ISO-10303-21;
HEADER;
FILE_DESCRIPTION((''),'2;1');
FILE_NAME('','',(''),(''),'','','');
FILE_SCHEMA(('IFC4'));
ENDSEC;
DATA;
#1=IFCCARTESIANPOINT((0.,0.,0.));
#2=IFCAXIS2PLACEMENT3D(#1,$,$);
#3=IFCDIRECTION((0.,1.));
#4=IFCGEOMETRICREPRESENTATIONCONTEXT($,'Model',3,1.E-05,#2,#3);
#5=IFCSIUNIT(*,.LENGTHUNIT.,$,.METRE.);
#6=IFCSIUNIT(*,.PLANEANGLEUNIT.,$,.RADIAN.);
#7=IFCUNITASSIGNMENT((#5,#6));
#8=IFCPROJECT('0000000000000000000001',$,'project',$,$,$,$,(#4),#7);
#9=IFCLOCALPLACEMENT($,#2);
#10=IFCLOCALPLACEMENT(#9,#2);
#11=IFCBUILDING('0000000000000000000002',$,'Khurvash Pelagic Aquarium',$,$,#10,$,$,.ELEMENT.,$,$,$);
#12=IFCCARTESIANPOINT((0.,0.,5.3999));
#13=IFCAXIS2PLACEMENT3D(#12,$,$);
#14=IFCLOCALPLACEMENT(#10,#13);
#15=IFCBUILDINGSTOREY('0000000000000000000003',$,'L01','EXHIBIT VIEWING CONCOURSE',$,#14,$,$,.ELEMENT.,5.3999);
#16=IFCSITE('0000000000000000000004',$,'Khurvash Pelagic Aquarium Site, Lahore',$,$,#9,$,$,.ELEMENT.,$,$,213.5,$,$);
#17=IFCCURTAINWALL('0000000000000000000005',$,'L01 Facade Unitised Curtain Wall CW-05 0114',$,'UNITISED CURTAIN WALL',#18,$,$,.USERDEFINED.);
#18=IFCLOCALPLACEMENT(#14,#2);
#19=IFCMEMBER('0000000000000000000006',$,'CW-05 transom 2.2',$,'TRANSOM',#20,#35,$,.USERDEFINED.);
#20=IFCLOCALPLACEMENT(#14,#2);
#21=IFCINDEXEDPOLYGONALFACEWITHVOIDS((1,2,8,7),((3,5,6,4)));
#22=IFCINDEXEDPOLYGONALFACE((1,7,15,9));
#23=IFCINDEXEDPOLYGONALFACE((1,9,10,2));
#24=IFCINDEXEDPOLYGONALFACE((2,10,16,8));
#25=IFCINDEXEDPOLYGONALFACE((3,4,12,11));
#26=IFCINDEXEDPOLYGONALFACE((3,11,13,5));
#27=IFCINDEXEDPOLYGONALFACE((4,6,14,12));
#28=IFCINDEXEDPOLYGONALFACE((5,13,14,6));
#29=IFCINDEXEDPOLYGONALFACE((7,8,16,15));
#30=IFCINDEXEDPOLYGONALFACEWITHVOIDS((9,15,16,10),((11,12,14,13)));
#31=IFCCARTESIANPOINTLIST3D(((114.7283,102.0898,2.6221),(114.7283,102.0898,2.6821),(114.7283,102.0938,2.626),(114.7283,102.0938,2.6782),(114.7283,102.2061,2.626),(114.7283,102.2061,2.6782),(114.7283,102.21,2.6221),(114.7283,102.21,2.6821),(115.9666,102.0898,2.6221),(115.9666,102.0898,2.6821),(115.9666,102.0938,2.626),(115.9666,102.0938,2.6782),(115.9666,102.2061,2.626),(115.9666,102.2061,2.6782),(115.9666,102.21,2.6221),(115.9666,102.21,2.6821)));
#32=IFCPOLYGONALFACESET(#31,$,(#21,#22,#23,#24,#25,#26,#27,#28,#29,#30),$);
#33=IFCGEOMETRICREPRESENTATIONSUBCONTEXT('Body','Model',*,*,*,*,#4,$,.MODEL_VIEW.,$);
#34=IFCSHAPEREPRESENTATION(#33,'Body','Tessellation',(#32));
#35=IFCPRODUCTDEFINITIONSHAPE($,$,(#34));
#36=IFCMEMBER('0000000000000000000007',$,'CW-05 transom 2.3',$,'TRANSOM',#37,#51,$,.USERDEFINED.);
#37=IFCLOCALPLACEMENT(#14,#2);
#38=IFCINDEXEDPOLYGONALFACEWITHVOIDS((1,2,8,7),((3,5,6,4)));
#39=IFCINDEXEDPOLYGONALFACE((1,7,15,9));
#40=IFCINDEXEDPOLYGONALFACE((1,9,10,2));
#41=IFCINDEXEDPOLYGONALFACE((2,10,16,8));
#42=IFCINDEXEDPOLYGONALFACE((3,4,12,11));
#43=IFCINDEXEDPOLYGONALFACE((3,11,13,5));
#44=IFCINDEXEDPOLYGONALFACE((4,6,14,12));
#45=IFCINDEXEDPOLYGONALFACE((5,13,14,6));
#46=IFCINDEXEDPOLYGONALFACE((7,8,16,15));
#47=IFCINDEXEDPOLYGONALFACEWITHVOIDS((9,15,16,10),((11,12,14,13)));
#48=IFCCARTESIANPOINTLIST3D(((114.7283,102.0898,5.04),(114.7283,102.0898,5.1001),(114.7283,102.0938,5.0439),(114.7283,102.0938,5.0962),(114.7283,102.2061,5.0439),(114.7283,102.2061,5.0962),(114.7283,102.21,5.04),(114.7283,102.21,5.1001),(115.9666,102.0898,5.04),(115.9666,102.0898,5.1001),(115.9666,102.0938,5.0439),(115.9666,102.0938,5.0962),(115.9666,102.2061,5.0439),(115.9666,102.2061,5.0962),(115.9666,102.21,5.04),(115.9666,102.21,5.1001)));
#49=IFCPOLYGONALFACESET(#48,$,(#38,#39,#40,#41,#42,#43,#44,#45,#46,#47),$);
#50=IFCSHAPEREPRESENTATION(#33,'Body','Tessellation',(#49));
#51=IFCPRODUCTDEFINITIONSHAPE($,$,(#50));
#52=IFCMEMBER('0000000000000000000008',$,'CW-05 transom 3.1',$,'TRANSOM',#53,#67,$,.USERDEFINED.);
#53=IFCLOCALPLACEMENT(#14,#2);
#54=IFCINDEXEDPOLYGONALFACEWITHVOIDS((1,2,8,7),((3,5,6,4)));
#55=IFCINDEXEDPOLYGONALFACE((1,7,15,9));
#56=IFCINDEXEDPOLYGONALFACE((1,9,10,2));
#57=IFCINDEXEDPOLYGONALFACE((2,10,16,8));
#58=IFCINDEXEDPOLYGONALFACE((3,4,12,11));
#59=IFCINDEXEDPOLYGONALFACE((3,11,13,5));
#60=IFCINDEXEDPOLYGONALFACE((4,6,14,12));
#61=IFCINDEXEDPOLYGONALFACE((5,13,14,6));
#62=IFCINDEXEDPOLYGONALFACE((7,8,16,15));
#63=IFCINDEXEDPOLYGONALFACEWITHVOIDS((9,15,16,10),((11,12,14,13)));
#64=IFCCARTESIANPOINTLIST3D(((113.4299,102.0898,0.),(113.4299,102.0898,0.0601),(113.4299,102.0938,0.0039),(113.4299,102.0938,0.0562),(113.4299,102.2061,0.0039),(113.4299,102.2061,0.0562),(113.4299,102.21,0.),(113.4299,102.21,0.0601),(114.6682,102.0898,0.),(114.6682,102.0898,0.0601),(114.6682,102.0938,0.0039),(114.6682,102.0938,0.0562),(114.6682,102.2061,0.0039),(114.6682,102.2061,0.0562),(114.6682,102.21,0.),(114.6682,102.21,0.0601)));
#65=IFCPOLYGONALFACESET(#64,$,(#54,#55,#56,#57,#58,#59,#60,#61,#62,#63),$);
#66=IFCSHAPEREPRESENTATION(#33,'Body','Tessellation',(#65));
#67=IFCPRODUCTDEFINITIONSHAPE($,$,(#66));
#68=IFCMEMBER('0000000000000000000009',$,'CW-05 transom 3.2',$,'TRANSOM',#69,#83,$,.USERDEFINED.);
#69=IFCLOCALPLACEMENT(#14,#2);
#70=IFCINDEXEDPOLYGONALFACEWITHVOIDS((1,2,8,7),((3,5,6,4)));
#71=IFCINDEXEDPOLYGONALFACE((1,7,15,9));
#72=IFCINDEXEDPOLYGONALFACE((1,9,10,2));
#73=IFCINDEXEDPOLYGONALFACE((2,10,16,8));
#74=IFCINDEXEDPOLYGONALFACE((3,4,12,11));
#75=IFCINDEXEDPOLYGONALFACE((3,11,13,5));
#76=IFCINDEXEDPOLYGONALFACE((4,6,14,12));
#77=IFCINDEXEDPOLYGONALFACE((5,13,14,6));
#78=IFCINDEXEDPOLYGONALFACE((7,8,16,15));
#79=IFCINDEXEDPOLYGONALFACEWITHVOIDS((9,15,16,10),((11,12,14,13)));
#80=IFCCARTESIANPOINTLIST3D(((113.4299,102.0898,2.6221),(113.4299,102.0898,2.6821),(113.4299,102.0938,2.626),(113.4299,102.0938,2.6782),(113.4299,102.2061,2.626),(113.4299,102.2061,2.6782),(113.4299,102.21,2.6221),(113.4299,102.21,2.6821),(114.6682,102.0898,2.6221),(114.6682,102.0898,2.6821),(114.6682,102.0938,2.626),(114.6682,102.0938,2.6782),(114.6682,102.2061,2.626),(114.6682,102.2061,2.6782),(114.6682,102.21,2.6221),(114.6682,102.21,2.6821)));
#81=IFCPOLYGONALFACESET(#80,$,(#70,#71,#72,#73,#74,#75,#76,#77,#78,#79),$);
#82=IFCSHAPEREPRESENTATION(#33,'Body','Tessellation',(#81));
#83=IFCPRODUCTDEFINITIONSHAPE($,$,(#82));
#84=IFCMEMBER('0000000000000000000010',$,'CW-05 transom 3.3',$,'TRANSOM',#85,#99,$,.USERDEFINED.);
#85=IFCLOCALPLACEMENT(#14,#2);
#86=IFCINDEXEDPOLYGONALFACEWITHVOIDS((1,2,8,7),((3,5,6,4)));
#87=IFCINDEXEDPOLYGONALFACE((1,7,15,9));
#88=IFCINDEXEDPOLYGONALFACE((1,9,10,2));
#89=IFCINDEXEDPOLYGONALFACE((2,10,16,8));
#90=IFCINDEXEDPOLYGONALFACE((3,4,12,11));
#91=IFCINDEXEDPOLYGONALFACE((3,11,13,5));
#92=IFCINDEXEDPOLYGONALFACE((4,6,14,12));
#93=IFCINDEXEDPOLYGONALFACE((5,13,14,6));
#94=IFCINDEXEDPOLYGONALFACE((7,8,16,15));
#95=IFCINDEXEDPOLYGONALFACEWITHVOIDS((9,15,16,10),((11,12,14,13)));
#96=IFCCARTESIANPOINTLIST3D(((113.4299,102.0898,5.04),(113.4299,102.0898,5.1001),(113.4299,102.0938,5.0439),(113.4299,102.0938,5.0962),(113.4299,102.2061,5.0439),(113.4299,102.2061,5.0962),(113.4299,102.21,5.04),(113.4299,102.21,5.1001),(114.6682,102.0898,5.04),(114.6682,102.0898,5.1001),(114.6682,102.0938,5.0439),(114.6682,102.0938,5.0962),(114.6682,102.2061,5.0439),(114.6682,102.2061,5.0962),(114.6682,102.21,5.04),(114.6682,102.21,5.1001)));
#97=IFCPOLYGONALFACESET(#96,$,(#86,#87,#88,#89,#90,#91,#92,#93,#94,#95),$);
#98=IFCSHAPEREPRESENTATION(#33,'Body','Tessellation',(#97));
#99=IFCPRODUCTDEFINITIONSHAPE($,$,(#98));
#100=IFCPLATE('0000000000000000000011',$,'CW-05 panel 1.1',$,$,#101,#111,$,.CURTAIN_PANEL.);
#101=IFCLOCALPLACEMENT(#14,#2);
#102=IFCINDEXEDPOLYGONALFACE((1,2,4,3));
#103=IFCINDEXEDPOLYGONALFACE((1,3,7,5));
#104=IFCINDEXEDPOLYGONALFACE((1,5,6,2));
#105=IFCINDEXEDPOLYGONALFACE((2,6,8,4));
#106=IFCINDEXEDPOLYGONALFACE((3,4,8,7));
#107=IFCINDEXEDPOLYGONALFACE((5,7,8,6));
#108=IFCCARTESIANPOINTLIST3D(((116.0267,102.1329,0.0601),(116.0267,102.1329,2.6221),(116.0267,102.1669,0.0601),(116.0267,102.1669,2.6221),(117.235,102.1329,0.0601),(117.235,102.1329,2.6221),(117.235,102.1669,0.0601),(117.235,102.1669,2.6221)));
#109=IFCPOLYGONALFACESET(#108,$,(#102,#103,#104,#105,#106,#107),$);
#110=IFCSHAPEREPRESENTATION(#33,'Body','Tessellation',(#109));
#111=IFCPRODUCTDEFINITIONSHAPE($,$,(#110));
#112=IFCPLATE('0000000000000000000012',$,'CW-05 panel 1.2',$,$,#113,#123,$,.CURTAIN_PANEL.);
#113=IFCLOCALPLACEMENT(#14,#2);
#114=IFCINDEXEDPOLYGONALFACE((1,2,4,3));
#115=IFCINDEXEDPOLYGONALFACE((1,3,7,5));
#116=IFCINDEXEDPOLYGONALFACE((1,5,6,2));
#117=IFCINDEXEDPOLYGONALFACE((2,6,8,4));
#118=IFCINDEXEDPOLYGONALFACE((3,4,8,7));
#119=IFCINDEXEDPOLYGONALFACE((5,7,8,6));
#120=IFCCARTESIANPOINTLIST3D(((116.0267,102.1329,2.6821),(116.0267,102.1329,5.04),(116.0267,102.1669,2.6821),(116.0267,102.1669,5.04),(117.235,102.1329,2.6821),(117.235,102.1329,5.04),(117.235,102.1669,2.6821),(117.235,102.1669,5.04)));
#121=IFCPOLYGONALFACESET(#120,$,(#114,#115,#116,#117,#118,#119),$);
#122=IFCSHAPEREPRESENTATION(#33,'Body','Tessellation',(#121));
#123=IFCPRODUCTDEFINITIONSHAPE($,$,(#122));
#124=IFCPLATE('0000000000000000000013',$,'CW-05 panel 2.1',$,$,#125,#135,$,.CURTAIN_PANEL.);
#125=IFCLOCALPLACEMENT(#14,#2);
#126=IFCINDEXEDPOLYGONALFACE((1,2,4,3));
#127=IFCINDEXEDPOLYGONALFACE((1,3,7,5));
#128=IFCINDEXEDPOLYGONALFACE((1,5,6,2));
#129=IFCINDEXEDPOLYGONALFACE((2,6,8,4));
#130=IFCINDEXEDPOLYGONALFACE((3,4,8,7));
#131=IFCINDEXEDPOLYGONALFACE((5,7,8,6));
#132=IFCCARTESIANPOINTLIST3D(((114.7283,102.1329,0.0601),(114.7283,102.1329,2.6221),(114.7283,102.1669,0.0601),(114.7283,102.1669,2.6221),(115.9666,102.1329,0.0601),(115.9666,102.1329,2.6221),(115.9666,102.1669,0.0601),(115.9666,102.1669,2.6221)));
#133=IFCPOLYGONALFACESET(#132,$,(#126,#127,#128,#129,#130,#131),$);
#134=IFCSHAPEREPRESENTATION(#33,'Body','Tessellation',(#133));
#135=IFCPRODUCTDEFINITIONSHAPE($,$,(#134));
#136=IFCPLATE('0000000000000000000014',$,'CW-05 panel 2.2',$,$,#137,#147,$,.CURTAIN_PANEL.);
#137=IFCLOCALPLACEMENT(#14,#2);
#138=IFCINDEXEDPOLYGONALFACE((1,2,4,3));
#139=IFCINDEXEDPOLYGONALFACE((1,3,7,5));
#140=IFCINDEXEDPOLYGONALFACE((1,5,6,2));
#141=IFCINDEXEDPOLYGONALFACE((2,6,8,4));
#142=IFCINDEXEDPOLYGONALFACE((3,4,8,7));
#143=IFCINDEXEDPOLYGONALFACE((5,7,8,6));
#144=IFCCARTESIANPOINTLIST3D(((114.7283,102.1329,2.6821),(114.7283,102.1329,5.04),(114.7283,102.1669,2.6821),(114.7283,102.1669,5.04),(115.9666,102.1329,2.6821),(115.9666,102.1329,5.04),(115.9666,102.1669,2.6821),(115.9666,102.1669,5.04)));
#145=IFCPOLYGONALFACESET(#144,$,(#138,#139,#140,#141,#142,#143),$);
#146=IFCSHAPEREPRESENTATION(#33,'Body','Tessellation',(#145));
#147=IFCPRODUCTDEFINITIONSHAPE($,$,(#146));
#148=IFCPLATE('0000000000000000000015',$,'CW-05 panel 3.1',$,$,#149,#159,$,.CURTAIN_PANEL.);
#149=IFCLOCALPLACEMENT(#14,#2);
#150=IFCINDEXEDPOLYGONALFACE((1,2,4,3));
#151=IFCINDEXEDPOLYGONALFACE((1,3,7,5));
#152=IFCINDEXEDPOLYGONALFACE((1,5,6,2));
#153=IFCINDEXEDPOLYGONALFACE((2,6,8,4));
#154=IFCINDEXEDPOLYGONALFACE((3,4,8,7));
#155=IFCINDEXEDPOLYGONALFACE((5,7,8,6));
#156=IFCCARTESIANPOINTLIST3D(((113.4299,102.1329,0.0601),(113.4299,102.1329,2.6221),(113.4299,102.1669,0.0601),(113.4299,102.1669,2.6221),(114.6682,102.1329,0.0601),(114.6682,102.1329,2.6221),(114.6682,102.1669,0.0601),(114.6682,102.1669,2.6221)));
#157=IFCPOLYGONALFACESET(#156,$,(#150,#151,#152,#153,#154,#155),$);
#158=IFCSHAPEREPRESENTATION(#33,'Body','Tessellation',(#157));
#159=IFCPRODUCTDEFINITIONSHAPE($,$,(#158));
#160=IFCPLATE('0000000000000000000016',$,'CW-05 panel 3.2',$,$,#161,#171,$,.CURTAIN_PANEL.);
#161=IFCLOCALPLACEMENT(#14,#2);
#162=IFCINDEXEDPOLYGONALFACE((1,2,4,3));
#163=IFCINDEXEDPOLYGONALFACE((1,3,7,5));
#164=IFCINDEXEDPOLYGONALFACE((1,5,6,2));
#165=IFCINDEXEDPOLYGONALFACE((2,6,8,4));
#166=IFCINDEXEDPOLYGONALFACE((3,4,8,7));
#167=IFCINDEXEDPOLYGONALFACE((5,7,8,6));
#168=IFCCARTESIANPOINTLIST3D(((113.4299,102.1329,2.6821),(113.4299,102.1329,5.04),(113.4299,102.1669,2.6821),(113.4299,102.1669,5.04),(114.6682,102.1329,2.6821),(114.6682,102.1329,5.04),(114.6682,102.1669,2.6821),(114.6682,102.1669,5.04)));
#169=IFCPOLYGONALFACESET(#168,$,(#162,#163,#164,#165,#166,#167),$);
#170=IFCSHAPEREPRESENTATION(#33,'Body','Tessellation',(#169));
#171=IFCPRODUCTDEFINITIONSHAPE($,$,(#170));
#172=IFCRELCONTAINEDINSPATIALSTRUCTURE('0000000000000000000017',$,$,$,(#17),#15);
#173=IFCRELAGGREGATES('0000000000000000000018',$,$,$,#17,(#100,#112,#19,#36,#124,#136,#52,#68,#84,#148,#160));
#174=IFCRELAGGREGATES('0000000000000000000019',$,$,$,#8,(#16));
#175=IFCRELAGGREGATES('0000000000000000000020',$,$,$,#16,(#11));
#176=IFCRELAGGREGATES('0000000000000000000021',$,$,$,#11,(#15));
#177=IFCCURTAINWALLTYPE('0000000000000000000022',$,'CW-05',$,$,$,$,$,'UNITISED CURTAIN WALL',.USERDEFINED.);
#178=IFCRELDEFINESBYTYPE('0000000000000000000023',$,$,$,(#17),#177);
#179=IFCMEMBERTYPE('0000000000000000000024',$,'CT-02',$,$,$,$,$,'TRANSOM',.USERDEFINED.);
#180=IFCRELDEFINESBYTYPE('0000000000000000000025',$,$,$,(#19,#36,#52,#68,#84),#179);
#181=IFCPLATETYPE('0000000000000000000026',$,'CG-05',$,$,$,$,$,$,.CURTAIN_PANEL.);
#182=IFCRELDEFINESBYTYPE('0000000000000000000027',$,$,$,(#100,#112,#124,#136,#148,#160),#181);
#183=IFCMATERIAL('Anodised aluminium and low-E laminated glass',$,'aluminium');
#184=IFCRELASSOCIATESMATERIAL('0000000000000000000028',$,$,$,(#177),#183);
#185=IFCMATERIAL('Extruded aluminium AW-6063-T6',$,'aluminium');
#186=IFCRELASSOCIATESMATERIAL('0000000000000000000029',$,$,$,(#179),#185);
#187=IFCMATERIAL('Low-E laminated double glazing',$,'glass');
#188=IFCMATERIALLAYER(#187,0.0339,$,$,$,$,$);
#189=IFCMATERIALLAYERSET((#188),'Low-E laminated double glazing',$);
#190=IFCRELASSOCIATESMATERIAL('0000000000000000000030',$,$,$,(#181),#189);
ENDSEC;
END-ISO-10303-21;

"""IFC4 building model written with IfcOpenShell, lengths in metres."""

from ifc_helpers import new_model, si_unit, direction, frame, origin, origin_2d, place, context, subcontext, project, spatial, rectangle, hollow_rectangle, extrude, material, layer, layer_set, material_profile, profile_set, type_object, element, aggregate, save


model = new_model("IFC4")

# Units and contexts
model_context = context("Model", 3, precision=1e-05, world=origin(), true_north=direction((0.0, 1.0)))
body_context = subcontext(model_context, "Body", "Model", "MODEL_VIEW")
ifc_project = project(units=[si_unit("LENGTHUNIT", "METRE"), si_unit("PLANEANGLEUNIT", "RADIAN")], contexts=[model_context])

# Site, building, storey
site_placement = place(None, origin())
site = spatial("IfcSite", under=ifc_project, at=site_placement, Name="Khurvash Pelagic Aquarium Site, Lahore", CompositionType="ELEMENT", RefElevation=213.5)
building_placement = place(site_placement, origin())
building = spatial("IfcBuilding", under=site, at=building_placement, Name="Khurvash Pelagic Aquarium", CompositionType="ELEMENT")
storey_placement = place(building_placement, frame((0.0, 0.0, 5.3999)))
storey = spatial("IfcBuildingStorey", under=building, at=storey_placement, Name="L01", Description="EXHIBIT VIEWING CONCOURSE", CompositionType="ELEMENT", Elevation=5.3999)

# Curtain wall, members, plates
ifc_material_1 = material(Name="Anodised aluminium and low-E laminated glass", Category="aluminium")
curtain_wall_type = type_object("IfcCurtainWallType", Name="CW-05", ElementType="UNITISED CURTAIN WALL", PredefinedType="USERDEFINED", material=ifc_material_1)
curtain_wall_placement = place(storey_placement, origin())
curtain_wall = element("IfcCurtainWall", 1, at=curtain_wall_placement, inside=storey, type_object=curtain_wall_type, Name="L01 Facade Unitised Curtain Wall CW-05 0114", ObjectType="UNITISED CURTAIN WALL", PredefinedType="USERDEFINED")
ifc_material_2 = material(Name="Extruded aluminium AW-6063-T6", Category="aluminium")
ifc_material_profile_1 = material_profile(ifc_material_2, hollow_rectangle(XDim=0.1201, YDim=0.0601, WallThickness=0.0039, at=origin_2d()), Name="CWT120X60X4")
ifc_profile_set_1 = profile_set([ifc_material_profile_1], Name="Extruded aluminium AW-6063-T6")
member_type_1 = type_object("IfcMemberType", Name="CT-02", ElementType="TRANSOM", PredefinedType="USERDEFINED", material=ifc_profile_set_1)
member_1_placement = place(storey_placement, frame((115.9666, 102.1499, 2.6521), z_axis=(-1.0, 0.0, 0.0), x_axis=(0.0, -1.0, 0.0)))
member_1 = element("IfcMember", 2, at=member_1_placement, type_object=member_type_1, Name="CW-05 transom 2.2", ObjectType="TRANSOM", PredefinedType="USERDEFINED", context=body_context, shape_type="SweptSolid", body=[
    extrude(hollow_rectangle(XDim=0.1201, YDim=0.0601, WallThickness=0.0039, at=origin_2d()), origin(), (0.0, 0.0, 1.0), 1.2383),
])
member_2_placement = place(storey_placement, frame((115.9666, 102.1499, 5.0701), z_axis=(-1.0, 0.0, 0.0), x_axis=(0.0, -1.0, 0.0)))
member_2 = element("IfcMember", 3, at=member_2_placement, type_object=member_type_1, Name="CW-05 transom 2.3", ObjectType="TRANSOM", PredefinedType="USERDEFINED", context=body_context, shape_type="SweptSolid", body=[
    extrude(hollow_rectangle(XDim=0.1201, YDim=0.0601, WallThickness=0.0039, at=origin_2d()), origin(), (0.0, 0.0, 1.0), 1.2383),
])
member_3_placement = place(storey_placement, frame((114.6682, 102.1499, 0.03), z_axis=(-1.0, 0.0, 0.0), x_axis=(0.0, -1.0, 0.0)))
member_3 = element("IfcMember", 4, at=member_3_placement, type_object=member_type_1, Name="CW-05 transom 3.1", ObjectType="TRANSOM", PredefinedType="USERDEFINED", context=body_context, shape_type="SweptSolid", body=[
    extrude(hollow_rectangle(XDim=0.1201, YDim=0.0601, WallThickness=0.0039, at=origin_2d()), origin(), (0.0, 0.0, 1.0), 1.2383),
])
member_4_placement = place(storey_placement, frame((114.6682, 102.1499, 2.6521), z_axis=(-1.0, 0.0, 0.0), x_axis=(0.0, -1.0, 0.0)))
member_4 = element("IfcMember", 5, at=member_4_placement, type_object=member_type_1, Name="CW-05 transom 3.2", ObjectType="TRANSOM", PredefinedType="USERDEFINED", context=body_context, shape_type="SweptSolid", body=[
    extrude(hollow_rectangle(XDim=0.1201, YDim=0.0601, WallThickness=0.0039, at=origin_2d()), origin(), (0.0, 0.0, 1.0), 1.2383),
])
member_5_placement = place(storey_placement, frame((114.6682, 102.1499, 5.0701), z_axis=(-1.0, 0.0, 0.0), x_axis=(0.0, -1.0, 0.0)))
member_5 = element("IfcMember", 6, at=member_5_placement, type_object=member_type_1, Name="CW-05 transom 3.3", ObjectType="TRANSOM", PredefinedType="USERDEFINED", context=body_context, shape_type="SweptSolid", body=[
    extrude(hollow_rectangle(XDim=0.1201, YDim=0.0601, WallThickness=0.0039, at=origin_2d()), origin(), (0.0, 0.0, 1.0), 1.2383),
])
ifc_material_3 = material(Name="Low-E laminated double glazing", Category="glass")
ifc_layer = layer(ifc_material_3, 0.0339)
ifc_layer_set = layer_set([ifc_layer], Name="Low-E laminated double glazing")
plate_type = type_object("IfcPlateType", Name="CG-05", PredefinedType="CURTAIN_PANEL", material=ifc_layer_set)
plate_1_placement = place(storey_placement, frame((116.6309, 102.1499, 0.0601), z_axis=(0.0, 0.0, 1.0), x_axis=(-1.0, 0.0, 0.0)))
plate_1 = element("IfcPlate", 7, at=plate_1_placement, type_object=plate_type, Name="CW-05 panel 1.1", PredefinedType="CURTAIN_PANEL", context=body_context, shape_type="SweptSolid", body=[
    extrude(rectangle(XDim=1.2083, YDim=0.0339, at=origin_2d()), origin(), (0.0, 0.0, 1.0), 2.562),
])
plate_2_placement = place(storey_placement, frame((116.6309, 102.1499, 2.6821), z_axis=(0.0, 0.0, 1.0), x_axis=(-1.0, 0.0, 0.0)))
plate_2 = element("IfcPlate", 8, at=plate_2_placement, type_object=plate_type, Name="CW-05 panel 1.2", PredefinedType="CURTAIN_PANEL", context=body_context, shape_type="SweptSolid", body=[
    extrude(rectangle(XDim=1.2083, YDim=0.0339, at=origin_2d()), origin(), (0.0, 0.0, 1.0), 2.3579),
])
plate_3_placement = place(storey_placement, frame((115.3474, 102.1499, 0.0601), z_axis=(0.0, 0.0, 1.0), x_axis=(-1.0, 0.0, 0.0)))
plate_3 = element("IfcPlate", 9, at=plate_3_placement, type_object=plate_type, Name="CW-05 panel 2.1", PredefinedType="CURTAIN_PANEL", context=body_context, shape_type="SweptSolid", body=[
    extrude(rectangle(XDim=1.2383, YDim=0.0339, at=origin_2d()), origin(), (0.0, 0.0, 1.0), 2.562),
])
plate_4_placement = place(storey_placement, frame((115.3474, 102.1499, 2.6821), z_axis=(0.0, 0.0, 1.0), x_axis=(-1.0, 0.0, 0.0)))
plate_4 = element("IfcPlate", 10, at=plate_4_placement, type_object=plate_type, Name="CW-05 panel 2.2", PredefinedType="CURTAIN_PANEL", context=body_context, shape_type="SweptSolid", body=[
    extrude(rectangle(XDim=1.2383, YDim=0.0339, at=origin_2d()), origin(), (0.0, 0.0, 1.0), 2.3579),
])
plate_5_placement = place(storey_placement, frame((114.0491, 102.1499, 0.0601), z_axis=(0.0, 0.0, 1.0), x_axis=(-1.0, 0.0, 0.0)))
plate_5 = element("IfcPlate", 11, at=plate_5_placement, type_object=plate_type, Name="CW-05 panel 3.1", PredefinedType="CURTAIN_PANEL", context=body_context, shape_type="SweptSolid", body=[
    extrude(rectangle(XDim=1.2383, YDim=0.0339, at=origin_2d()), origin(), (0.0, 0.0, 1.0), 2.562),
])
plate_6_placement = place(storey_placement, frame((114.0491, 102.1499, 2.6821), z_axis=(0.0, 0.0, 1.0), x_axis=(-1.0, 0.0, 0.0)))
plate_6 = element("IfcPlate", 12, at=plate_6_placement, type_object=plate_type, Name="CW-05 panel 3.2", PredefinedType="CURTAIN_PANEL", context=body_context, shape_type="SweptSolid", body=[
    extrude(rectangle(XDim=1.2383, YDim=0.0339, at=origin_2d()), origin(), (0.0, 0.0, 1.0), 2.3579),
])
aggregate(curtain_wall, [plate_1, plate_2, member_1, member_2, plate_3, plate_4, member_3, member_4, member_5, plate_5, plate_6])

save(model, "model.ifc")
